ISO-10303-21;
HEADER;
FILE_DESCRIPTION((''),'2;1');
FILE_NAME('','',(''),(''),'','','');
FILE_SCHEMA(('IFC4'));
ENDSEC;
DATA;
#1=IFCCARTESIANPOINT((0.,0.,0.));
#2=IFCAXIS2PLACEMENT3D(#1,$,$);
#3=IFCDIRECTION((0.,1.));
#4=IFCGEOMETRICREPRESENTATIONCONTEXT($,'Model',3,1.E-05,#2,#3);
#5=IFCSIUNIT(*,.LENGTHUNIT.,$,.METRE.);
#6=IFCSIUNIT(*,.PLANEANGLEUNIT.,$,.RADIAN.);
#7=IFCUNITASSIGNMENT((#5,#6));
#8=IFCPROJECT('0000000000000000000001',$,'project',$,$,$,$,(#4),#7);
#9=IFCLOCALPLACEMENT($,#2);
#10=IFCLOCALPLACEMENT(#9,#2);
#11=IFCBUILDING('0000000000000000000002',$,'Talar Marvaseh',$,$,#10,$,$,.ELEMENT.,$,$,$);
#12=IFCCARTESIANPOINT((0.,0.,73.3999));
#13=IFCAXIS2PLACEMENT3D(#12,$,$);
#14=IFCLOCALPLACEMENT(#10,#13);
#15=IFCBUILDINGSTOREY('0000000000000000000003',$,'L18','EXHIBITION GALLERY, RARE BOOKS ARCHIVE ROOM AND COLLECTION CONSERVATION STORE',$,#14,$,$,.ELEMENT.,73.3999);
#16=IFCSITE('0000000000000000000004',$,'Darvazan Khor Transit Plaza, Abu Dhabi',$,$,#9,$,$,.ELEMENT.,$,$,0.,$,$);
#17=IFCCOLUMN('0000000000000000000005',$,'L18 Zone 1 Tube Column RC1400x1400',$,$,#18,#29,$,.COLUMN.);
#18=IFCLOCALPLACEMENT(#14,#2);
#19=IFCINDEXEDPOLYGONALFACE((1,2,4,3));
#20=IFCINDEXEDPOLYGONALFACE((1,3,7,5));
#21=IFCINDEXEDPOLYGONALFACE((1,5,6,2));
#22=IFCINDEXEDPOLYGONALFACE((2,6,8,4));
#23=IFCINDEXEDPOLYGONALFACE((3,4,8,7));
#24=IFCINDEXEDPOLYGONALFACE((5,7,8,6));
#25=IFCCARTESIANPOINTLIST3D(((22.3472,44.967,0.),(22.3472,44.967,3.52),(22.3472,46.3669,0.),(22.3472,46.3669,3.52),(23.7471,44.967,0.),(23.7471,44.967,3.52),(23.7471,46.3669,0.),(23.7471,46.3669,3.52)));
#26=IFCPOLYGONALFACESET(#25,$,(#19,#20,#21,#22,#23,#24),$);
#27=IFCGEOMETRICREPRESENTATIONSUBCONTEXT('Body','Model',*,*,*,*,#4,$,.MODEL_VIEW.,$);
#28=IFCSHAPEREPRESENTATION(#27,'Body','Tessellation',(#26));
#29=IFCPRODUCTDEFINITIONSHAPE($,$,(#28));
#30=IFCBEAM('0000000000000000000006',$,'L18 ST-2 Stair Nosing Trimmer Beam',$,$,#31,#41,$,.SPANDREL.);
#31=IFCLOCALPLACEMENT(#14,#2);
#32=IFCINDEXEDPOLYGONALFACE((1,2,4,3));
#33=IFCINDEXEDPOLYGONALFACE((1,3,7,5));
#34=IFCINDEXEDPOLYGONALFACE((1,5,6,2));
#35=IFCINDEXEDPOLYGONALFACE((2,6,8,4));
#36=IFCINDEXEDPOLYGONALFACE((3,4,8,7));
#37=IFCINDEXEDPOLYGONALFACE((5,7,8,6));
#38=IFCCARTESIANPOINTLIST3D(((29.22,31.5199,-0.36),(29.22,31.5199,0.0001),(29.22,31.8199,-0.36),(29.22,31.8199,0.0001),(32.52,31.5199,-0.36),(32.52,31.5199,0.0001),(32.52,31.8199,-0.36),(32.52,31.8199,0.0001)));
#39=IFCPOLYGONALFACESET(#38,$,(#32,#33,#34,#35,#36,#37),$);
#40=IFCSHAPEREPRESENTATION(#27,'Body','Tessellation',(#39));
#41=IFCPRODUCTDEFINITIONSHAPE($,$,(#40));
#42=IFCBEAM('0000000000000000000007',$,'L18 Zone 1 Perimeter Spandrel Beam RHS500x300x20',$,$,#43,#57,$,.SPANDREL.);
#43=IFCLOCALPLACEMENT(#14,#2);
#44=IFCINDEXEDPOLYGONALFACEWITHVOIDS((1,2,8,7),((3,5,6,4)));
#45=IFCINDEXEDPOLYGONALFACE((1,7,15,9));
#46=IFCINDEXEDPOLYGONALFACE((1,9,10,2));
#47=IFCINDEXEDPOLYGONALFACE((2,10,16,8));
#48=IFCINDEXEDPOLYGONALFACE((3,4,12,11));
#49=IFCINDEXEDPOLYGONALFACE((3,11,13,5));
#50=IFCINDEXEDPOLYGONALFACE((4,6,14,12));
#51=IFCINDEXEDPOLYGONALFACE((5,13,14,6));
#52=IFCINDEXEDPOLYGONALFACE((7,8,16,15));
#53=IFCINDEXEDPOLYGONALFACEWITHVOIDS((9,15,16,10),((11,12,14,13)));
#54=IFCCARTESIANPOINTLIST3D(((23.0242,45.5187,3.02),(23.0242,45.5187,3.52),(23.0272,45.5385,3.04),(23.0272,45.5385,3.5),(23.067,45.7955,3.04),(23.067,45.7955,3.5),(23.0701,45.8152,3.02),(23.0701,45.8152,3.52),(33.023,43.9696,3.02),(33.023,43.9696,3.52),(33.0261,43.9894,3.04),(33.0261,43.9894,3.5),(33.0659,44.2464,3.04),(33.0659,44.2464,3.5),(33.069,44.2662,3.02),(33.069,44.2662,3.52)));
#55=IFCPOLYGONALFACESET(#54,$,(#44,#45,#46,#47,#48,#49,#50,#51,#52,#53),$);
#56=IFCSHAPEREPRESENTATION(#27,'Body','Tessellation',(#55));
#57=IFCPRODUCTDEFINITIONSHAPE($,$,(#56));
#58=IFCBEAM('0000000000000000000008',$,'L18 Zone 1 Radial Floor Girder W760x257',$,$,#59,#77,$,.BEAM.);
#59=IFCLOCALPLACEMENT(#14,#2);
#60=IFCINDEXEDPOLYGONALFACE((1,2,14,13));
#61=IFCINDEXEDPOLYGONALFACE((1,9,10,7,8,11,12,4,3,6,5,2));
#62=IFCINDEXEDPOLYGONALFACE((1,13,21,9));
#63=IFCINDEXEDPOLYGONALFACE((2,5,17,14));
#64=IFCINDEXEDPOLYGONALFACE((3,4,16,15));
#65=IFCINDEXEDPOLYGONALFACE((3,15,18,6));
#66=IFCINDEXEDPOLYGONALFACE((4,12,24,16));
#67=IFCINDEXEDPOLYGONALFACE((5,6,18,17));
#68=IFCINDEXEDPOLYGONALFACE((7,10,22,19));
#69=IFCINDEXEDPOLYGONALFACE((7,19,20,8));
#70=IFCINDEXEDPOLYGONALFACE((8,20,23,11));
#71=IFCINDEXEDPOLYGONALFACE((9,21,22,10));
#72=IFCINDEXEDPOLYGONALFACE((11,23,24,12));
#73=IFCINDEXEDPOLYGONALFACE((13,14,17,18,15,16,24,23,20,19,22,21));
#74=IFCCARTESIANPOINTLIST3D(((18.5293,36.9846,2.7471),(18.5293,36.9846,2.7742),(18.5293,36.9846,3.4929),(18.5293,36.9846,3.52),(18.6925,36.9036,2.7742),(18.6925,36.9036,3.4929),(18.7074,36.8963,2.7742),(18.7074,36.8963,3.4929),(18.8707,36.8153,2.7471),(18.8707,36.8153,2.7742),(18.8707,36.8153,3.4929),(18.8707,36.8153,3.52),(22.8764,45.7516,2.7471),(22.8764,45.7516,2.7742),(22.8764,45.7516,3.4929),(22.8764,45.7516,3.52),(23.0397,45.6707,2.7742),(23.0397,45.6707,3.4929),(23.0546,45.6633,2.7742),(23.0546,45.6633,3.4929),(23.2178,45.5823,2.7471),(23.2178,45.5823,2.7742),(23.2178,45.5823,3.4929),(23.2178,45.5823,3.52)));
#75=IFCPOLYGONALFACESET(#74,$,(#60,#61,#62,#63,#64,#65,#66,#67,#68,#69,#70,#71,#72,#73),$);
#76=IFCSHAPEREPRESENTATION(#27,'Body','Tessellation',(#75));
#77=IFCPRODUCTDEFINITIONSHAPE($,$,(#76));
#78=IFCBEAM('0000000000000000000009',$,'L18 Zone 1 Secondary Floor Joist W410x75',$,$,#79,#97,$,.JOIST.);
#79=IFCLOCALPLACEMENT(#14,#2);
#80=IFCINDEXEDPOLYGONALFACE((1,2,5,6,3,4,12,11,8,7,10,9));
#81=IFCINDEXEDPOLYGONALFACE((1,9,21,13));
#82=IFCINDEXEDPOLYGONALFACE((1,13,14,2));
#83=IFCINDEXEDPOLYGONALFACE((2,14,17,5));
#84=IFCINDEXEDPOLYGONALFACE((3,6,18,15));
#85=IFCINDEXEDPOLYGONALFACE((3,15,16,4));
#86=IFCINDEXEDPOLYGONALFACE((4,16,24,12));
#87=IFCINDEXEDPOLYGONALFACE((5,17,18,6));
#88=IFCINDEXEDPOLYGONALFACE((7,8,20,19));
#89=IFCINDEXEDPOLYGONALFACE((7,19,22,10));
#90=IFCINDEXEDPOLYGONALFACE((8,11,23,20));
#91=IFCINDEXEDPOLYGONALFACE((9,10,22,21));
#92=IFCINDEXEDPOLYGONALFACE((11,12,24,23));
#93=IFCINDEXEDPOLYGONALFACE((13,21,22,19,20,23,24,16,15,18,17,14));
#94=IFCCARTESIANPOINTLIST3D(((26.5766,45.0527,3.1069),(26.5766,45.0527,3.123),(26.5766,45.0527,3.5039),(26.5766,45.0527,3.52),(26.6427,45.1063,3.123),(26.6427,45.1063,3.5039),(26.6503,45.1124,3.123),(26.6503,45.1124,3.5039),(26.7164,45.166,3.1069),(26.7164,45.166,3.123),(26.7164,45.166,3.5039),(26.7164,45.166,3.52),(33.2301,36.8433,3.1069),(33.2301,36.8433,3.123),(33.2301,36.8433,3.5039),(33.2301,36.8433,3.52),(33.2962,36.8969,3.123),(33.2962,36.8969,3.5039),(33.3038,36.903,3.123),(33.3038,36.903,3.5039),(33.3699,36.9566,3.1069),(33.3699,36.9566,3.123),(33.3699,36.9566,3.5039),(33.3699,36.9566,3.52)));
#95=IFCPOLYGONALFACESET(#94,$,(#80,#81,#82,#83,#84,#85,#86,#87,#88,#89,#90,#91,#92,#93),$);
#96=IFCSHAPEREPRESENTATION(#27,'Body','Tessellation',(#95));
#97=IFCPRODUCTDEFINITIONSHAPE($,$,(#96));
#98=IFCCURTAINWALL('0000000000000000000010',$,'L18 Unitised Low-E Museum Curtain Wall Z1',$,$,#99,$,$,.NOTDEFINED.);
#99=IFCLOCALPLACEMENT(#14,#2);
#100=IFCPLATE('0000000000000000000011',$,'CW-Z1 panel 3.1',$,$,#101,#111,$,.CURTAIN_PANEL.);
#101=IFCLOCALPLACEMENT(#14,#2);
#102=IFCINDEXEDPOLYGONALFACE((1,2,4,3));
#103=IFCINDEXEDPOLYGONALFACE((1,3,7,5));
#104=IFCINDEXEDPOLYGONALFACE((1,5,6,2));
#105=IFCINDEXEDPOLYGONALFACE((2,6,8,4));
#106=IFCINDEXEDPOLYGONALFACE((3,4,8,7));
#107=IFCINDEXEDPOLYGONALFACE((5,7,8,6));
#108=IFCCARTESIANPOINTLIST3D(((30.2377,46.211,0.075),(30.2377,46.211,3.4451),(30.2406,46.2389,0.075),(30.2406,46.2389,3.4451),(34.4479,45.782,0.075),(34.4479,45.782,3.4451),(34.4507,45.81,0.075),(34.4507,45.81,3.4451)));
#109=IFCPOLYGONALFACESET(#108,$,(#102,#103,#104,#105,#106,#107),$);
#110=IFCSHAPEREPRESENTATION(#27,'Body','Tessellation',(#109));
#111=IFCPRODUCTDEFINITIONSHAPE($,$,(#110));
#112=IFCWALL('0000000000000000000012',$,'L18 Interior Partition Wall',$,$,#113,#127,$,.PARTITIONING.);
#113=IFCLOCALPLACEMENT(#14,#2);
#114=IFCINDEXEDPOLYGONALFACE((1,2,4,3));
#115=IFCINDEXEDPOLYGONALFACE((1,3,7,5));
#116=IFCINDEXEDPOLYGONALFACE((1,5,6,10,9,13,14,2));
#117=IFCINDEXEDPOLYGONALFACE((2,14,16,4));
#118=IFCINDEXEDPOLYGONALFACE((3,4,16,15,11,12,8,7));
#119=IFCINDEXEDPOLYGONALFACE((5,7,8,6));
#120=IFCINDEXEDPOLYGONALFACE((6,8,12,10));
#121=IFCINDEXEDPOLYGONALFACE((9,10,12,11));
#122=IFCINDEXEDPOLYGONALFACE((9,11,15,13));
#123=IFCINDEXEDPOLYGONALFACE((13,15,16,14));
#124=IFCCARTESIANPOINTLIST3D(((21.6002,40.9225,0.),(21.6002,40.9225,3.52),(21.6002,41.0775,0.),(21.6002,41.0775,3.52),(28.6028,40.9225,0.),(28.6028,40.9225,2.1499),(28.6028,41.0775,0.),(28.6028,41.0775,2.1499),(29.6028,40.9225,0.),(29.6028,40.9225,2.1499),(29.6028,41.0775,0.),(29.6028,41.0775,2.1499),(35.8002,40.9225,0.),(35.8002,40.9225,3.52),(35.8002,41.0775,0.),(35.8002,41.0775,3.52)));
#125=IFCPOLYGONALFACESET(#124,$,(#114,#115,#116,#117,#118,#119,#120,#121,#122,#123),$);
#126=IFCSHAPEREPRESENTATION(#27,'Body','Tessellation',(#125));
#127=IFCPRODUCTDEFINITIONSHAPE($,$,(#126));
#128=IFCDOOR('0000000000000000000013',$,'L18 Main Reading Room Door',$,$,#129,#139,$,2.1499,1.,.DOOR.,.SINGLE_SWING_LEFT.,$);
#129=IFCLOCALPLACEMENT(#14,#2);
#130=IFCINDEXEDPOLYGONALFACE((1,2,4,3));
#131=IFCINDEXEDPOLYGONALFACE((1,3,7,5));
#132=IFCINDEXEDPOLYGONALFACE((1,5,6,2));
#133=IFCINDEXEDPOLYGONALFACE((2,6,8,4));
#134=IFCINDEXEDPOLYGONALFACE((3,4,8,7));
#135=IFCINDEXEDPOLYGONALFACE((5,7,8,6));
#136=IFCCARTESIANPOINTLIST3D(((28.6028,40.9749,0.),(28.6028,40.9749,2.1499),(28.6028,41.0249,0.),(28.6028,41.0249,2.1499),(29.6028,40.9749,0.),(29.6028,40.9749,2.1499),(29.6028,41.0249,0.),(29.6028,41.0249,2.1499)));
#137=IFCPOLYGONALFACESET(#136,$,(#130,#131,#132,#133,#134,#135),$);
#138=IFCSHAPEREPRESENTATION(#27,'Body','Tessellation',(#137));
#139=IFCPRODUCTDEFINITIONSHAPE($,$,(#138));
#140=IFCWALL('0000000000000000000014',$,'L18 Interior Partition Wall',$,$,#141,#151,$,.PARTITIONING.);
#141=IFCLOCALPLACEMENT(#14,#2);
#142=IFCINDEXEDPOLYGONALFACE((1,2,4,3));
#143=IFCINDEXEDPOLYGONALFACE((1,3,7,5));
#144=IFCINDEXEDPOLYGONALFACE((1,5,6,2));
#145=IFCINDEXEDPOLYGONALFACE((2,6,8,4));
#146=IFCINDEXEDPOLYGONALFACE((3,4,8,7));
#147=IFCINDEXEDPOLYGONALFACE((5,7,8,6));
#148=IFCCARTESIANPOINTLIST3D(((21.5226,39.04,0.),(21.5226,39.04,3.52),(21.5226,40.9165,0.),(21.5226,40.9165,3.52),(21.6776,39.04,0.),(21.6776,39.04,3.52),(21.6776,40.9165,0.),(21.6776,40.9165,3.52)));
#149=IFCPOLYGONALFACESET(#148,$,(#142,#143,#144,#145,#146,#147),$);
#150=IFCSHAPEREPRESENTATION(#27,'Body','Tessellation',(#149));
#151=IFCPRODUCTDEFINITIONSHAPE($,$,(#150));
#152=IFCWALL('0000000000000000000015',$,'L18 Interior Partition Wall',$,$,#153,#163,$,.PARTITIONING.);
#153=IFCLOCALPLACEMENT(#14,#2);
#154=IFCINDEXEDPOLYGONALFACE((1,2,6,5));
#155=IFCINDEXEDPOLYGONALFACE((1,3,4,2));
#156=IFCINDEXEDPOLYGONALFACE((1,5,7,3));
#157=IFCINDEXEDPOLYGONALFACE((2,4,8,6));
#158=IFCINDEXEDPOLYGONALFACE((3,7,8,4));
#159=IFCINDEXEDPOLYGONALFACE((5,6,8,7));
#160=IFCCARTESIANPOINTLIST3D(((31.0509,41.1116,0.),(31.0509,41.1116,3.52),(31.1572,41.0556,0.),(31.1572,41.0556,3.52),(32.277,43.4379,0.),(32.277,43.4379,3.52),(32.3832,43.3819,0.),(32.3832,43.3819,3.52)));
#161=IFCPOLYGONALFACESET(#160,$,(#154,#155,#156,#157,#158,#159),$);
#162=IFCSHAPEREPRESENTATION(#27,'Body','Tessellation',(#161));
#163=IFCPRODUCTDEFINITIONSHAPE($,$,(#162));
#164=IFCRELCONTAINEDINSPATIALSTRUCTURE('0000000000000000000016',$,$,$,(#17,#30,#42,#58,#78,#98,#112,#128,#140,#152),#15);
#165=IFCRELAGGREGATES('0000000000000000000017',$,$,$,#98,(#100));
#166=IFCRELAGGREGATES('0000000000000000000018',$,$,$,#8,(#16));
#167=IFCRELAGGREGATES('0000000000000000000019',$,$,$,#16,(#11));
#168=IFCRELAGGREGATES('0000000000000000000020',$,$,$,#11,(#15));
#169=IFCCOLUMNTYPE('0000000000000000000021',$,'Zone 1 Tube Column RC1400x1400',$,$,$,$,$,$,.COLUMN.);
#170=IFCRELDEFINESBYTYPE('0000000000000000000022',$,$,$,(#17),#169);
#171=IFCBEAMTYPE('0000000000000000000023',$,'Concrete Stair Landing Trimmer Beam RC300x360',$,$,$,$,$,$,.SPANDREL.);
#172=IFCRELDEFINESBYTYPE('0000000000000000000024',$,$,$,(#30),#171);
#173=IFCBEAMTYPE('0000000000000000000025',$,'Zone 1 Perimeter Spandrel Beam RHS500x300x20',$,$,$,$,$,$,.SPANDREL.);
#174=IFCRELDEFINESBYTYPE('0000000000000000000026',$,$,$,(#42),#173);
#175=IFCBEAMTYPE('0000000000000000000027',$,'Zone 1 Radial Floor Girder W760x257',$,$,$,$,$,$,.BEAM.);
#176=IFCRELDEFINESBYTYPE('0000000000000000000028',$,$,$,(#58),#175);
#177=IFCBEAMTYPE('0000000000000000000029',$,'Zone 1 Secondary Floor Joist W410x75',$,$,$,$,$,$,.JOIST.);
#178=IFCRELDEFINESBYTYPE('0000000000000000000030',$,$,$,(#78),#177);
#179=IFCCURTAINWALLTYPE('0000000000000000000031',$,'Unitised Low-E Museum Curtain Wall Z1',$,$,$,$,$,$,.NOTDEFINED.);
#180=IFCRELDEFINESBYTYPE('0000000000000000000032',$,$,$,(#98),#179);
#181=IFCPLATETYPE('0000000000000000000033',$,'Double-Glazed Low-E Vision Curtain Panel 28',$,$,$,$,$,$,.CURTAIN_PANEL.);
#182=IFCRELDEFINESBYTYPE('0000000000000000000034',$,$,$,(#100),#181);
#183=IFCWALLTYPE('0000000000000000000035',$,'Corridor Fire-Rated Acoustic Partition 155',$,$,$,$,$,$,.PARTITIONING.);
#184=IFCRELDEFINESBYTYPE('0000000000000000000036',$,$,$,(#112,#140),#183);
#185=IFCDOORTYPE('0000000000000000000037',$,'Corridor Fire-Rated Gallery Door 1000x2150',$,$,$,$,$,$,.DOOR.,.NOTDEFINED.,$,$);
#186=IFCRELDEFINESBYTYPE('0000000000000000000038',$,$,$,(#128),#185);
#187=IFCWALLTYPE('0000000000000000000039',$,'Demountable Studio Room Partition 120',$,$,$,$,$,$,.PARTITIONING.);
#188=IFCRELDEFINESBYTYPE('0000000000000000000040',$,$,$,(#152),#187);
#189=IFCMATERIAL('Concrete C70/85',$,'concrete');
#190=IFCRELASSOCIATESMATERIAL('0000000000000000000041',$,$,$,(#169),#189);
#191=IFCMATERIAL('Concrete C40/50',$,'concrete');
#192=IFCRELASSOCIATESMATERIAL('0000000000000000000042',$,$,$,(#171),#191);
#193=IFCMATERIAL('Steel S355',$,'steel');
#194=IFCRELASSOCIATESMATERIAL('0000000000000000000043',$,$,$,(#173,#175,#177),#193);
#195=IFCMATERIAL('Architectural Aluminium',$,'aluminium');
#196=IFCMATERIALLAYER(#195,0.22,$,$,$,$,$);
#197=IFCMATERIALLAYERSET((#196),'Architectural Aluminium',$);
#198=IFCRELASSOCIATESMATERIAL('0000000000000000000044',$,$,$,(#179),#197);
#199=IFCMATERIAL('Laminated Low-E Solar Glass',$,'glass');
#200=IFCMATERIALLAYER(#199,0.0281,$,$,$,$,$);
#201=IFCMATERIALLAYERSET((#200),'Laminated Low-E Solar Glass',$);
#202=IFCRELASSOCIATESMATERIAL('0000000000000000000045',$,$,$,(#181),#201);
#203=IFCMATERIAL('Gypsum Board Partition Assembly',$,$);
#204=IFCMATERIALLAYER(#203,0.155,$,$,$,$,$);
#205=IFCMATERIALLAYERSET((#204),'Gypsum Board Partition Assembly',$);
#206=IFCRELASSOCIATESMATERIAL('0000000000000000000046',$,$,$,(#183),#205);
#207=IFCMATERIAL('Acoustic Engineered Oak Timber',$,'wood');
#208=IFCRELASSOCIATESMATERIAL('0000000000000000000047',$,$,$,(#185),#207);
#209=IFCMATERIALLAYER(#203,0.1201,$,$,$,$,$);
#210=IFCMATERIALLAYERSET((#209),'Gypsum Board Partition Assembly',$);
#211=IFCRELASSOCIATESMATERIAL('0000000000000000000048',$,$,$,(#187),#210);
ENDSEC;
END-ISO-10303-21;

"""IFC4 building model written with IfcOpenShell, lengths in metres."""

from ifc_helpers import new_model, si_unit, direction, frame, frame_2d, origin, origin_2d, place, context, subcontext, project, spatial, rectangle, hollow_rectangle, i_section, extrude, source, transform, mapped, material, layer, layer_set, material_profile, profile_set, type_object, type_shapes, element, fill, aggregate, save


model = new_model("IFC4")

# Units and contexts
model_context = context("Model", 3, precision=1e-05, world=origin(), true_north=direction((0.0, 1.0)))
body_context = subcontext(model_context, "Body", "Model", "MODEL_VIEW")
ifc_project = project(units=[si_unit("LENGTHUNIT", "METRE"), si_unit("PLANEANGLEUNIT", "RADIAN")], contexts=[model_context])

# Site, building, storey
site_placement = place(None, origin())
site = spatial("IfcSite", under=ifc_project, at=site_placement, Name="Darvazan Khor Transit Plaza, Abu Dhabi", CompositionType="ELEMENT", RefElevation=0.0)
building_placement = place(site_placement, origin())
building = spatial("IfcBuilding", under=site, at=building_placement, Name="Talar Marvaseh", CompositionType="ELEMENT")
storey_placement = place(building_placement, frame((0.0, 0.0, 73.3999)))
storey = spatial("IfcBuildingStorey", under=building, at=storey_placement, Name="L18", Description="EXHIBITION GALLERY, RARE BOOKS ARCHIVE ROOM AND COLLECTION CONSERVATION STORE", CompositionType="ELEMENT", Elevation=73.3999)

# Column
ifc_material_1 = material(Name="Concrete C70/85", Category="concrete")
ifc_material_profile_1 = material_profile(ifc_material_1, rectangle(XDim=1.3999, YDim=1.3999, at=origin_2d()), Name="RC1400x1400")
ifc_profile_set_1 = profile_set([ifc_material_profile_1], Name="Concrete C70/85")
column_type = type_object("IfcColumnType", Name="Zone 1 Tube Column RC1400x1400", PredefinedType="COLUMN", material=ifc_profile_set_1)
column_placement = place(storey_placement, frame((23.0471, 45.667, 0.0), z_axis=(0.0, 0.0, 1.0), x_axis=(1.0, 0.0, 0.0)))
element("IfcColumn", 1, at=column_placement, inside=storey, type_object=column_type, Name="L18 Zone 1 Tube Column RC1400x1400", PredefinedType="COLUMN", context=body_context, shape_type="SweptSolid", body=[
    extrude(rectangle(XDim=1.3999, YDim=1.3999, at=origin_2d()), origin(), (0.0, 0.0, 1.0), 3.52),
])

# Beams
ifc_material_2 = material(Name="Concrete C40/50", Category="concrete")
ifc_material_profile_2 = material_profile(ifc_material_2, rectangle(XDim=0.3, YDim=0.3601, at=origin_2d()), Name="RC300x360")
ifc_profile_set_2 = profile_set([ifc_material_profile_2], Name="Concrete C40/50")
beam_type_1 = type_object("IfcBeamType", Name="Concrete Stair Landing Trimmer Beam RC300x360", PredefinedType="SPANDREL", material=ifc_profile_set_2)
beam_1_placement = place(storey_placement, frame((29.22, 31.6699, -0.1799), z_axis=(1.0, 0.0, 0.0), x_axis=(0.0, 1.0, 0.0)))
element("IfcBeam", 2, at=beam_1_placement, inside=storey, type_object=beam_type_1, Name="L18 ST-2 Stair Nosing Trimmer Beam", PredefinedType="SPANDREL", context=body_context, shape_type="SweptSolid", body=[
    extrude(rectangle(XDim=0.3, YDim=0.3601, at=origin_2d()), origin(), (0.0, 0.0, 1.0), 3.3),
])
ifc_material_3 = material(Name="Steel S355", Category="steel")
ifc_material_profile_3 = material_profile(ifc_material_3, hollow_rectangle(XDim=0.3, YDim=0.5, WallThickness=0.02, at=origin_2d()), Name="RHS500x300x20")
ifc_profile_set_3 = profile_set([ifc_material_profile_3], Name="Steel S355")
beam_type_2 = type_object("IfcBeamType", Name="Zone 1 Perimeter Spandrel Beam RHS500x300x20", PredefinedType="SPANDREL", material=ifc_profile_set_3)
beam_2_placement = place(storey_placement, frame((23.0471, 45.667, 3.27), z_axis=(0.988211, -0.1531, 0.0), x_axis=(0.1531, 0.988211, 0.0)))
element("IfcBeam", 3, at=beam_2_placement, inside=storey, type_object=beam_type_2, Name="L18 Zone 1 Perimeter Spandrel Beam RHS500x300x20", PredefinedType="SPANDREL", context=body_context, shape_type="SweptSolid", body=[
    extrude(hollow_rectangle(XDim=0.3, YDim=0.5, WallThickness=0.02, at=origin_2d()), origin(), (0.0, 0.0, 1.0), 10.1182),
])
ifc_material_profile_4 = material_profile(ifc_material_3, i_section(OverallWidth=0.3811, OverallDepth=0.7729, WebThickness=0.0166, FlangeThickness=0.0271, at=origin_2d()), Name="W760x257")
ifc_profile_set_4 = profile_set([ifc_material_profile_4], Name="Steel S355")
beam_type_3 = type_object("IfcBeamType", Name="Zone 1 Radial Floor Girder W760x257", PredefinedType="BEAM", material=ifc_profile_set_4)
beam_3_placement = place(storey_placement, frame((23.0471, 45.667, 3.1335), z_axis=(-0.444237, -0.895909, 0.0), x_axis=(0.895909, -0.444237, 0.0)))
element("IfcBeam", 4, at=beam_3_placement, inside=storey, type_object=beam_type_3, Name="L18 Zone 1 Radial Floor Girder W760x257", PredefinedType="BEAM", context=body_context, shape_type="SweptSolid", body=[
    extrude(i_section(OverallWidth=0.3811, OverallDepth=0.7729, WebThickness=0.0166, FlangeThickness=0.0271, at=origin_2d()), origin(), (0.0, 0.0, 1.0), 9.7856),
])
ifc_material_profile_5 = material_profile(ifc_material_3, i_section(OverallWidth=0.1799, OverallDepth=0.4131, WebThickness=0.0098, FlangeThickness=0.0161, at=origin_2d()), Name="W410x75")
ifc_profile_set_5 = profile_set([ifc_material_profile_5], Name="Steel S355")
beam_type_4 = type_object("IfcBeamType", Name="Zone 1 Secondary Floor Joist W410x75", PredefinedType="JOIST", material=ifc_profile_set_5)
beam_4_placement = place(storey_placement, frame((26.6465, 45.1094, 3.3135), z_axis=(0.629644, -0.776884, 0.0), x_axis=(0.776884, 0.629644, 0.0)))
element("IfcBeam", 5, at=beam_4_placement, inside=storey, type_object=beam_type_4, Name="L18 Zone 1 Secondary Floor Joist W410x75", PredefinedType="JOIST", context=body_context, shape_type="SweptSolid", body=[
    extrude(i_section(OverallWidth=0.1799, OverallDepth=0.4131, WebThickness=0.0098, FlangeThickness=0.0161, at=origin_2d()), origin(), (0.0, 0.0, 1.0), 10.5671),
])

# Curtain wall, plate
ifc_material_4 = material(Name="Architectural Aluminium", Category="aluminium")
ifc_layer_1 = layer(ifc_material_4, 0.22)
ifc_layer_set_1 = layer_set([ifc_layer_1], Name="Architectural Aluminium")
curtain_wall_type = type_object("IfcCurtainWallType", Name="Unitised Low-E Museum Curtain Wall Z1", PredefinedType="NOTDEFINED", material=ifc_layer_set_1)
curtain_wall_placement = place(storey_placement, origin())
curtain_wall = element("IfcCurtainWall", 6, at=curtain_wall_placement, inside=storey, type_object=curtain_wall_type, Name="L18 Unitised Low-E Museum Curtain Wall Z1", PredefinedType="NOTDEFINED")
ifc_material_5 = material(Name="Laminated Low-E Solar Glass", Category="glass")
ifc_layer_2 = layer(ifc_material_5, 0.0281)
ifc_layer_set_2 = layer_set([ifc_layer_2], Name="Laminated Low-E Solar Glass")
plate_type = type_object("IfcPlateType", Name="Double-Glazed Low-E Vision Curtain Panel 28", PredefinedType="CURTAIN_PANEL", material=ifc_layer_set_2)
shared_shape_1 = source(origin(), body_context, "Body", "SweptSolid", [
    extrude(rectangle(XDim=4.2319, YDim=0.0281, at=origin_2d()), origin(), (0.0, 0.0, 1.0), 3.3701),
])
type_shapes(plate_type, [shared_shape_1])
plate_placement = place(storey_placement, frame((32.3442, 46.0105, 0.075), z_axis=(0.0, 0.0, 1.0), x_axis=(0.994849, -0.101365, 0.0)))
plate = element("IfcPlate", 7, at=plate_placement, type_object=plate_type, Name="CW-Z1 panel 3.1", PredefinedType="CURTAIN_PANEL", context=body_context, shape_type="MappedRepresentation", body=[
    mapped(shared_shape_1, transform((0.0, 0.0, 0.0), x_axis=(1.0, 0.0, 0.0), y_axis=(0.0, 1.0, 0.0), z_axis=(0.0, 0.0, 1.0), scale=1.0)),
])
aggregate(curtain_wall, [plate])

# Wall, opening, door
ifc_material_6 = material(Name="Gypsum Board Partition Assembly")
ifc_layer_3 = layer(ifc_material_6, 0.155)
ifc_layer_set_3 = layer_set([ifc_layer_3], Name="Gypsum Board Partition Assembly")
wall_type_1 = type_object("IfcWallType", Name="Corridor Fire-Rated Acoustic Partition 155", PredefinedType="PARTITIONING", material=ifc_layer_set_3)
wall_1_placement = place(storey_placement, frame((21.6001, 41.0, 0.0), z_axis=(0.0, 0.0, 1.0), x_axis=(1.0, 0.0, 0.0)))
wall_1 = element("IfcWall", 8, at=wall_1_placement, inside=storey, type_object=wall_type_1, Name="L18 Interior Partition Wall", PredefinedType="PARTITIONING", context=body_context, shape_type="SweptSolid", body=[
    extrude(rectangle(XDim=14.2, YDim=0.155, at=frame_2d((7.1001, 0.0))), origin(), (0.0, 0.0, 1.0), 3.52),
])
opening_1_placement = place(wall_1_placement, frame((7.0027, 0.0, 0.0)))
opening_1 = element("IfcOpeningElement", 9, at=opening_1_placement, cuts=wall_1, PredefinedType="OPENING", context=body_context, shape_type="SweptSolid", body=[
    extrude(rectangle(XDim=1.0, YDim=2.1499, at=frame_2d((0.5, 1.075))), frame((0.0, 0.0874, 0.0), z_axis=(0.0, -1.0, 0.0), x_axis=(1.0, 0.0, 0.0)), (0.0, 0.0, 1.0), 0.175),
])
ifc_material_7 = material(Name="Acoustic Engineered Oak Timber", Category="wood")
door_type_1 = type_object("IfcDoorType", Name="Corridor Fire-Rated Gallery Door 1000x2150", OperationType="NOTDEFINED", PredefinedType="DOOR", material=ifc_material_7)
shared_shape_2 = source(origin(), body_context, "Body", "SweptSolid", [
    extrude(rectangle(XDim=1.0, YDim=2.1499, at=frame_2d((0.5, 1.075))), frame((0.0, 0.0249, 0.0), z_axis=(0.0, -1.0, 0.0), x_axis=(1.0, 0.0, 0.0)), (0.0, 0.0, 1.0), 0.05),
])
type_shapes(door_type_1, [shared_shape_2])
door_1_placement = place(opening_1_placement, origin())
door_1 = element("IfcDoor", 10, at=door_1_placement, inside=storey, type_object=door_type_1, Name="L18 Main Reading Room Door", OperationType="SINGLE_SWING_LEFT", OverallHeight=2.1499, OverallWidth=1.0, PredefinedType="DOOR", context=body_context, shape_type="MappedRepresentation", body=[
    mapped(shared_shape_2, transform((0.0, 0.0, 0.0), x_axis=(1.0, 0.0, 0.0), y_axis=(0.0, 1.0, 0.0), z_axis=(0.0, 0.0, 1.0), scale=1.0)),
])
fill(opening_1, door_1)

# Walls
wall_2_placement = place(storey_placement, frame((21.6001, 39.04, 0.0), z_axis=(0.0, 0.0, 1.0), x_axis=(0.0, 1.0, 0.0)))
element("IfcWall", 11, at=wall_2_placement, inside=storey, type_object=wall_type_1, Name="L18 Interior Partition Wall", PredefinedType="PARTITIONING", context=body_context, shape_type="SweptSolid", body=[
    extrude(rectangle(XDim=1.8765, YDim=0.155, at=frame_2d((0.9382, 0.0))), origin(), (0.0, 0.0, 1.0), 3.52),
])
ifc_layer_4 = layer(ifc_material_6, 0.1201)
ifc_layer_set_4 = layer_set([ifc_layer_4], Name="Gypsum Board Partition Assembly")
wall_type_2 = type_object("IfcWallType", Name="Demountable Studio Room Partition 120", PredefinedType="PARTITIONING", material=ifc_layer_set_4)
wall_3_placement = place(storey_placement, frame((31.104, 41.0835, 0.0), z_axis=(0.0, 0.0, 1.0), x_axis=(0.466236, 0.88466, 0.0)))
element("IfcWall", 12, at=wall_3_placement, inside=storey, type_object=wall_type_2, Name="L18 Interior Partition Wall", PredefinedType="PARTITIONING", context=body_context, shape_type="SweptSolid", body=[
    extrude(rectangle(XDim=2.6296, YDim=0.1201, at=frame_2d((1.3149, 0.0))), origin(), (0.0, 0.0, 1.0), 3.52),
])

save(model, "model.ifc")
